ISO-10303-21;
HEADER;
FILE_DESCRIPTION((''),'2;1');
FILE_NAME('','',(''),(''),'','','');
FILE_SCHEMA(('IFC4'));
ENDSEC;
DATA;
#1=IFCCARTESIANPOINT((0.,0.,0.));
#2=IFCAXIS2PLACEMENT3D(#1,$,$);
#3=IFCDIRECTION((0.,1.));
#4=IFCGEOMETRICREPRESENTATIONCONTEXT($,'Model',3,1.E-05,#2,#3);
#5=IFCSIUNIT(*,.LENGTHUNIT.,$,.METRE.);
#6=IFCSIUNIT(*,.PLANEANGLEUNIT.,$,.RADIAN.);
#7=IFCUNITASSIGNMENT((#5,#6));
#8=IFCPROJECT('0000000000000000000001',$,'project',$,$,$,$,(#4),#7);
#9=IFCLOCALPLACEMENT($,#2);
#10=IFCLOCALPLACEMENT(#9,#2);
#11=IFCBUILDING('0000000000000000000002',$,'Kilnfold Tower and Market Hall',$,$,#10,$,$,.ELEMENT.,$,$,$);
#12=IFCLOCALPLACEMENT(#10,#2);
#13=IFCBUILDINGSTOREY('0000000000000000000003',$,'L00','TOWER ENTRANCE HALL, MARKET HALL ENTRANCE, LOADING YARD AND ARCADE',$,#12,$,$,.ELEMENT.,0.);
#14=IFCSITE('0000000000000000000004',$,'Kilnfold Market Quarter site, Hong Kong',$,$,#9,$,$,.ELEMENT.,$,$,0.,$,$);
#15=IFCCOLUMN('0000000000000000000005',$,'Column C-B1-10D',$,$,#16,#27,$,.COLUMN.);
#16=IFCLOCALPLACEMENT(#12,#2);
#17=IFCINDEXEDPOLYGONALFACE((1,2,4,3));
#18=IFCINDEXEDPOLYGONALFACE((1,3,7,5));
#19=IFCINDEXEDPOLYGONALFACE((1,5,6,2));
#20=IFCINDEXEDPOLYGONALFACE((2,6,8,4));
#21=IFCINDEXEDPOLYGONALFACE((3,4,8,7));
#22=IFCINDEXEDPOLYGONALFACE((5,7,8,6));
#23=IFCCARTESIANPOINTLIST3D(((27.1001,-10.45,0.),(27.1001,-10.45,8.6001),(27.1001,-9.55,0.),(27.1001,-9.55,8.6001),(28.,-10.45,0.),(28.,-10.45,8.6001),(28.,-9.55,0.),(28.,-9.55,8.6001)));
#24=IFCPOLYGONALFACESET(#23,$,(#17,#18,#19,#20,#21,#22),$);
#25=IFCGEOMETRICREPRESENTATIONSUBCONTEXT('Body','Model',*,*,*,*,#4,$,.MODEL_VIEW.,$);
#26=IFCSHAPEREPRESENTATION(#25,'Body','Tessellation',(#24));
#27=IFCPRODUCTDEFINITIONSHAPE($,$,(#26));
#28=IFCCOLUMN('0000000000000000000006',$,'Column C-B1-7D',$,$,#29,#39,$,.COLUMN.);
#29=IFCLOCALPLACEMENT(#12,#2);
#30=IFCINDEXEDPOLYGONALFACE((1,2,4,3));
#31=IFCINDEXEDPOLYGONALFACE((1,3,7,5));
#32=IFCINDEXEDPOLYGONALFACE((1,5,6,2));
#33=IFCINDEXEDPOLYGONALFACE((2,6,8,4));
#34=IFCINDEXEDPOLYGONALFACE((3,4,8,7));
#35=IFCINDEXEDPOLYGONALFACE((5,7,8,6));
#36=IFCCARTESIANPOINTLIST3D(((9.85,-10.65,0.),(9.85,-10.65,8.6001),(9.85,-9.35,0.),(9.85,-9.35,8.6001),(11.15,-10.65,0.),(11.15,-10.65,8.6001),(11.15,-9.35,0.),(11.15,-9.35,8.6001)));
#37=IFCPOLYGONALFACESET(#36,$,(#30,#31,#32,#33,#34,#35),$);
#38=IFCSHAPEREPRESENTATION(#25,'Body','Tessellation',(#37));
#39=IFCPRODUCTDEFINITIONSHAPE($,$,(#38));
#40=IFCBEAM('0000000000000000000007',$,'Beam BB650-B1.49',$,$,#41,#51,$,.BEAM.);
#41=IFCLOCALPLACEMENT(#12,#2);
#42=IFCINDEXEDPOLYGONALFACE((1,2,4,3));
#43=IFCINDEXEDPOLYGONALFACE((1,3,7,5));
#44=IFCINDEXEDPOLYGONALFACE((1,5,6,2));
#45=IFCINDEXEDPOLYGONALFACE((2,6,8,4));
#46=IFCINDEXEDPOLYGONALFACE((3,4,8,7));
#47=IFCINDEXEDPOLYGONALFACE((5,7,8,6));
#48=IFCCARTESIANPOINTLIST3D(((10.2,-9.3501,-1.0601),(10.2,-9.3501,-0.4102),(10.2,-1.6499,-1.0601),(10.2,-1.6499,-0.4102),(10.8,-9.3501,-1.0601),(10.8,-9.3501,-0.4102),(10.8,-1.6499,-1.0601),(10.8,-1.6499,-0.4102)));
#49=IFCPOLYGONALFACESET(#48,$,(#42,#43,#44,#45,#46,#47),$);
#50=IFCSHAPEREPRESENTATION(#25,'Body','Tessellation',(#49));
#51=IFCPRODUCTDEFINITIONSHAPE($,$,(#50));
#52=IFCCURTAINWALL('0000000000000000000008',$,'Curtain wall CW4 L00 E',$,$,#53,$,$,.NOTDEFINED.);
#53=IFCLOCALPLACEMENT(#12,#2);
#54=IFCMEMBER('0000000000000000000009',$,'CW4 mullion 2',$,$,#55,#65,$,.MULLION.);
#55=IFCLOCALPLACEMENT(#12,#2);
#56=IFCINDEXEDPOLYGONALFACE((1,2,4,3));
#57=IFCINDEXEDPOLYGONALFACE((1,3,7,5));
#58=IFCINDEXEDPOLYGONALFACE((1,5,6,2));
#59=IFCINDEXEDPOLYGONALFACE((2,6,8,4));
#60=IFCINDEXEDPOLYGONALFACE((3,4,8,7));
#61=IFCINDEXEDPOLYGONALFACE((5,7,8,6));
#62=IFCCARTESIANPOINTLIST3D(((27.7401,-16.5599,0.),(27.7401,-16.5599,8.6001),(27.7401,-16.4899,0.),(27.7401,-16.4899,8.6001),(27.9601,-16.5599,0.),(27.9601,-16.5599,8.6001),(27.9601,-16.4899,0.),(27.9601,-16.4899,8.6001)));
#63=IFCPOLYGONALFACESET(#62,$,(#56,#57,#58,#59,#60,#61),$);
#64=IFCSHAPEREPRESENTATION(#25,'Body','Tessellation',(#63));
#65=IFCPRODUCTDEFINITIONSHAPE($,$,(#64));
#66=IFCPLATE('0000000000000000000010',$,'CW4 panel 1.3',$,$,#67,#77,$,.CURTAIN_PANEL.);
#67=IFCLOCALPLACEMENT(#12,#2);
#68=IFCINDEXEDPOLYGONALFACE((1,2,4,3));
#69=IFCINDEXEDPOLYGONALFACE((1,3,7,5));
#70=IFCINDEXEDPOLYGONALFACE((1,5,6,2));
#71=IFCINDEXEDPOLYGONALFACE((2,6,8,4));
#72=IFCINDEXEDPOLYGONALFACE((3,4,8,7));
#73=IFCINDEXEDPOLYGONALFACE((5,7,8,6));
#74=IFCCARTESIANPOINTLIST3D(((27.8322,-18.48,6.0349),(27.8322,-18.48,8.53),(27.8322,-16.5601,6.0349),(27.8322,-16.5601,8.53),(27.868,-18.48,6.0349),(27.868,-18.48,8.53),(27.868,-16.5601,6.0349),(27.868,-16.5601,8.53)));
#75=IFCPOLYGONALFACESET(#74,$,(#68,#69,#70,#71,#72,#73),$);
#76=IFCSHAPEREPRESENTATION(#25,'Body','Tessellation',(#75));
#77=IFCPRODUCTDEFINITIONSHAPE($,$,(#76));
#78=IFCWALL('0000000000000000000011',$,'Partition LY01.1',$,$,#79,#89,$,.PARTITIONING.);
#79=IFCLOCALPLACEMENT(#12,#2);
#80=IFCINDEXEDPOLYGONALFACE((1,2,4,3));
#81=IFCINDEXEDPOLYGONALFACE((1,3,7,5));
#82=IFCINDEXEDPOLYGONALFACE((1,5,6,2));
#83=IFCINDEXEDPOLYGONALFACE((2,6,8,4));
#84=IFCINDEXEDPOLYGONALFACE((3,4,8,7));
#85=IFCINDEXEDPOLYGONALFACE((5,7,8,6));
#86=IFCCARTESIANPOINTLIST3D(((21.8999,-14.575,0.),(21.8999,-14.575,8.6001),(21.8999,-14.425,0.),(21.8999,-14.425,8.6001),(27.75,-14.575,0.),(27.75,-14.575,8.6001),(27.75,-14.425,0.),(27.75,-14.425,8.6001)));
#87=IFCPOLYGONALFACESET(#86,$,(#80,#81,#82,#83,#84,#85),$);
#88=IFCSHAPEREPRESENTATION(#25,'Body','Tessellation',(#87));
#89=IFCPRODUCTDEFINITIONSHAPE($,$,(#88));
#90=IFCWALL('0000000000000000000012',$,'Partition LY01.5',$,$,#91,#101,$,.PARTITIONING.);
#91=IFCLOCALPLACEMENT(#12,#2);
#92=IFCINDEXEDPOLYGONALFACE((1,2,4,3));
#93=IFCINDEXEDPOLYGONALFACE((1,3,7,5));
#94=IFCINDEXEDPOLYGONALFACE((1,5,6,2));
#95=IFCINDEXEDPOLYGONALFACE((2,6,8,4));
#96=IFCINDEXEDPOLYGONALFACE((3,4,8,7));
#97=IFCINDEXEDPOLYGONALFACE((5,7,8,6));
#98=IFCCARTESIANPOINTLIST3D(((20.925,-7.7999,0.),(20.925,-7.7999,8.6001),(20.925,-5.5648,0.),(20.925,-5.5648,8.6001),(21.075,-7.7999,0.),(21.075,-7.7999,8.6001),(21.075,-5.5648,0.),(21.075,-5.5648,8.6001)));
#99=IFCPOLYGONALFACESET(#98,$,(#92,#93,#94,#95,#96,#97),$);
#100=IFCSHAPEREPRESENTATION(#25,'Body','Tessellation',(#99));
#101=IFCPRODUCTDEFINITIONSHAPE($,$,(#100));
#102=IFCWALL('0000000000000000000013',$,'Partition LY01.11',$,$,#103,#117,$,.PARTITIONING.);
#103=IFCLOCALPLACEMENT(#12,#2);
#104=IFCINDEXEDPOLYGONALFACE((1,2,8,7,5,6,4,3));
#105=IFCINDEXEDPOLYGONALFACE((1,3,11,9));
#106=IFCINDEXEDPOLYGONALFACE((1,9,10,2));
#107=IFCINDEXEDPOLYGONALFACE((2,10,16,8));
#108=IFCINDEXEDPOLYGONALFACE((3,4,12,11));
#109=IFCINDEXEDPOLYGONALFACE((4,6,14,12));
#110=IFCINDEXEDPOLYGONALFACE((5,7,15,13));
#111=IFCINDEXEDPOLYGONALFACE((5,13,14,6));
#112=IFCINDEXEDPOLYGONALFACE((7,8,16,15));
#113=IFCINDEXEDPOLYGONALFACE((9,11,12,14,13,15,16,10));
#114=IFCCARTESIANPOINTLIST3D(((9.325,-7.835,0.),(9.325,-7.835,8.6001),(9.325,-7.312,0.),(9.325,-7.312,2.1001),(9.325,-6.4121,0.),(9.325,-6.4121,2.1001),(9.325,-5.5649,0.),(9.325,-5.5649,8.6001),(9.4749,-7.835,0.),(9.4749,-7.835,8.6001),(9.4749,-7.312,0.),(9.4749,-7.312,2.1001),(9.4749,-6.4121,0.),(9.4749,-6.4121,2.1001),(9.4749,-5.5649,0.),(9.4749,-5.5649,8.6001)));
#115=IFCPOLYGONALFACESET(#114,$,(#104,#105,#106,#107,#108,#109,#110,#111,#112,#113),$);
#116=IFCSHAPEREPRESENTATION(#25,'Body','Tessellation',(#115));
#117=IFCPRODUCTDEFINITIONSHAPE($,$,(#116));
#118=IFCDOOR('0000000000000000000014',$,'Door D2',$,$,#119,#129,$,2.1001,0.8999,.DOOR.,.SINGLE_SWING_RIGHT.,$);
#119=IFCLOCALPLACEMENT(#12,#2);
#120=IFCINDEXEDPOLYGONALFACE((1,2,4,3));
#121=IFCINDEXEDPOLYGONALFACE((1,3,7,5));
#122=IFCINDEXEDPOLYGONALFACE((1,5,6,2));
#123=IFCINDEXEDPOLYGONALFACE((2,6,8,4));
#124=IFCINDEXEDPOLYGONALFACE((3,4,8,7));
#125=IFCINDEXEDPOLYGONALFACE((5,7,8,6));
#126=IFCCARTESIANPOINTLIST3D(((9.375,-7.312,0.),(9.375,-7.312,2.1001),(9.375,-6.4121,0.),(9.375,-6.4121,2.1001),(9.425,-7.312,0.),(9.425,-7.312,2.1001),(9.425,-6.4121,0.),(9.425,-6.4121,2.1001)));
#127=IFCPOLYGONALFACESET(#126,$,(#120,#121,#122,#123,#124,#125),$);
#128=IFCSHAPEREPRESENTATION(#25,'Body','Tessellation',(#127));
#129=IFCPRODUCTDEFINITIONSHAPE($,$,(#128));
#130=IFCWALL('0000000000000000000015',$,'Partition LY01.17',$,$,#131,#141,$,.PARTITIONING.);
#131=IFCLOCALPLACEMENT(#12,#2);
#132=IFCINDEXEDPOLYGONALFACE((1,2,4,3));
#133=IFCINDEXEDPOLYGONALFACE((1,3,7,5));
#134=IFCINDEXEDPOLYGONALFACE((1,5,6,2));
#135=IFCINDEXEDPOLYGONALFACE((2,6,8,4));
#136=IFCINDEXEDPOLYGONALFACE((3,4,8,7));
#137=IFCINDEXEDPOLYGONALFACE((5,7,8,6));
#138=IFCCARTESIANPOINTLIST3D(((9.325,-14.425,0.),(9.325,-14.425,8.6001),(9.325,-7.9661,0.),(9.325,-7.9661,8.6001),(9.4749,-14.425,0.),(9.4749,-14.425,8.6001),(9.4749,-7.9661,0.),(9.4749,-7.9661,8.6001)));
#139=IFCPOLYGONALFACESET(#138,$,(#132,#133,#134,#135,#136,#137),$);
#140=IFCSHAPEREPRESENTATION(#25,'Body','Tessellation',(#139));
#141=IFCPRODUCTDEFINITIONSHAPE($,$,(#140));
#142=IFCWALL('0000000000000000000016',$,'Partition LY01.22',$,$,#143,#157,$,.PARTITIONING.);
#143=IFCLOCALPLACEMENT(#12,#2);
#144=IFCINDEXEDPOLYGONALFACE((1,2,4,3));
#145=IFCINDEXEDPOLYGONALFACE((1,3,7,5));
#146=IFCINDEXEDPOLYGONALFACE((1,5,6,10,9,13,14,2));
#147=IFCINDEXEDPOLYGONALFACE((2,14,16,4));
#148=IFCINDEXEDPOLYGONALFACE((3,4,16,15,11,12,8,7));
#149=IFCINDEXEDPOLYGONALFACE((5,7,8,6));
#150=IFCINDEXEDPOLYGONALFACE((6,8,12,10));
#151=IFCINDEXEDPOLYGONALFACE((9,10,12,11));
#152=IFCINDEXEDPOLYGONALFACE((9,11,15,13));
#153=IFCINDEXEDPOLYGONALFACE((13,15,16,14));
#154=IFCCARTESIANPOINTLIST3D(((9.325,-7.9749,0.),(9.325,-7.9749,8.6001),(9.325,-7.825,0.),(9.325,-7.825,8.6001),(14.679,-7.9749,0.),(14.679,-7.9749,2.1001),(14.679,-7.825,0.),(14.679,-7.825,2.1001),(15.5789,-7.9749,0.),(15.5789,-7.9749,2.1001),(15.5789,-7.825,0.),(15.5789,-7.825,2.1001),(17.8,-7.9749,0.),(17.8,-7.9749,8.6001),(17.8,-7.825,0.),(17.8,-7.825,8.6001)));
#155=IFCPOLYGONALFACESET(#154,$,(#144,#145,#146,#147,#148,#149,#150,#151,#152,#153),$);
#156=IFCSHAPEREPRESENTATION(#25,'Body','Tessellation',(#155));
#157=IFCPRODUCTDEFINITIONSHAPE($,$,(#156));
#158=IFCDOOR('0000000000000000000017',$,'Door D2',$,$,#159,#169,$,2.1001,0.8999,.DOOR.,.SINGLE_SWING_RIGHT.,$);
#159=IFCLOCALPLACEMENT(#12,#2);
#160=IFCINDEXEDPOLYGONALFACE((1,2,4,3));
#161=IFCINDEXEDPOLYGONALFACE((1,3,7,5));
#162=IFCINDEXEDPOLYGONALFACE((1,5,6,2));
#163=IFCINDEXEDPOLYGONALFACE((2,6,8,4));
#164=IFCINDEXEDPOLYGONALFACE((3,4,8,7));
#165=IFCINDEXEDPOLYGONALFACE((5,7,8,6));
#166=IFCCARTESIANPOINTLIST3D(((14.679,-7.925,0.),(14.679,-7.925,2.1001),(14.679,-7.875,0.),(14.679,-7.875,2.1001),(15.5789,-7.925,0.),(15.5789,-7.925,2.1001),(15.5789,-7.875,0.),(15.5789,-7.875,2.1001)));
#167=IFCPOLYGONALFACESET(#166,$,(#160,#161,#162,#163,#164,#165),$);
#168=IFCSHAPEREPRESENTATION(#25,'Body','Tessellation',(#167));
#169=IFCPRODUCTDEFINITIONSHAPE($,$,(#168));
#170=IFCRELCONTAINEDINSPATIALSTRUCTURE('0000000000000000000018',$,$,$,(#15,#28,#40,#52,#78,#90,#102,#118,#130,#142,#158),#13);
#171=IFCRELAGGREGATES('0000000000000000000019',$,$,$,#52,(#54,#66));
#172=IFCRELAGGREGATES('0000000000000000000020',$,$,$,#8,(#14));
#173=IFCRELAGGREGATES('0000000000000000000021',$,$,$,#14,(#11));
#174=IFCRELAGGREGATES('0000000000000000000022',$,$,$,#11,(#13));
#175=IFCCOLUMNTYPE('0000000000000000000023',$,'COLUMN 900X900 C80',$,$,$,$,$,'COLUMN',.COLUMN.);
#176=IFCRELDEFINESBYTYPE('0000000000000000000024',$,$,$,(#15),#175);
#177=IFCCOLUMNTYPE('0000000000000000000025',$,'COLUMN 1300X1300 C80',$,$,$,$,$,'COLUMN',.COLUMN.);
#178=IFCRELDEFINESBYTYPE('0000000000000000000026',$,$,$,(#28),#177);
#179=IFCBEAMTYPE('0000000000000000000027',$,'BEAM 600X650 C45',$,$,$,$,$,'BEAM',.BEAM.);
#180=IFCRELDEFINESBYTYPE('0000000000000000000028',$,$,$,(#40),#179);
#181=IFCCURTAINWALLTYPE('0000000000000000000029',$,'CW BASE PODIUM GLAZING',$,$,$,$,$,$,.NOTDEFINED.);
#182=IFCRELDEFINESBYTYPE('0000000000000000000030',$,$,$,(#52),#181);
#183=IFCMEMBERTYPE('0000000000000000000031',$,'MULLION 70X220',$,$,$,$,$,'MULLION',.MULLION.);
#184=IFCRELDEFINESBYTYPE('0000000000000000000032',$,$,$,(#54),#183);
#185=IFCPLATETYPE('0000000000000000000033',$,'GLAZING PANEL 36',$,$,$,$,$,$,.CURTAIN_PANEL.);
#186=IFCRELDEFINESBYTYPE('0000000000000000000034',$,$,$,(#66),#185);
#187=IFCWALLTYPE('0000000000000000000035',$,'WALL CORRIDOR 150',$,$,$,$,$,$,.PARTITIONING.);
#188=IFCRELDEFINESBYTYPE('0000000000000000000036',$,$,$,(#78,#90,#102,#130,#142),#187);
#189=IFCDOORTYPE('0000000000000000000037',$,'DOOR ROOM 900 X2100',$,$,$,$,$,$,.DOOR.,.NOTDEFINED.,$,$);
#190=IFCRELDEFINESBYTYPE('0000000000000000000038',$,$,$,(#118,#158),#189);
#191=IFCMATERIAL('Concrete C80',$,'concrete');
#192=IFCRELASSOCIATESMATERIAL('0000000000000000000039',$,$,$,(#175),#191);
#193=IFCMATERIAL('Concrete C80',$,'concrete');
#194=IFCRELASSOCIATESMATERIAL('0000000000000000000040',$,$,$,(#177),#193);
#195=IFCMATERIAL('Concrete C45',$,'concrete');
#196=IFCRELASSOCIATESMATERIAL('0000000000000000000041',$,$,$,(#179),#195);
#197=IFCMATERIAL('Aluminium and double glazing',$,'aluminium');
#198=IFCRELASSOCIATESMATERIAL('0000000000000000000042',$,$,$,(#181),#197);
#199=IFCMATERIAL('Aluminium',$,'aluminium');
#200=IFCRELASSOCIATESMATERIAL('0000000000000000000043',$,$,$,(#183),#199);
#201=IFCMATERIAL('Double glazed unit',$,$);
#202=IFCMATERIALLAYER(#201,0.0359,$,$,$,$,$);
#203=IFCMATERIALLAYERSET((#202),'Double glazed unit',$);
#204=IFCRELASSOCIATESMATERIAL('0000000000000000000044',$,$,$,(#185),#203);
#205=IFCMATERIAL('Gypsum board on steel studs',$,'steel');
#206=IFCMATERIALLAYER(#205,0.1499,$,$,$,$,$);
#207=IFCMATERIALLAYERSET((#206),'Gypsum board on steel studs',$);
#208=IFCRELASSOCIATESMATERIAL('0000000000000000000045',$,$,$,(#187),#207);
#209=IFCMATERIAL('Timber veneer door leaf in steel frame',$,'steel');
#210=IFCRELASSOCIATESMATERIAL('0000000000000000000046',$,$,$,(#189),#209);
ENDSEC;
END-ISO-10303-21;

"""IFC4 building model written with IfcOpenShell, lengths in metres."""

from ifc_helpers import new_model, si_unit, direction, frame, frame_2d, origin, origin_2d, place, context, subcontext, project, spatial, rectangle, extrude, source, transform, mapped, material, layer, layer_set, material_profile, profile_set, type_object, element, fill, aggregate, save


model = new_model("IFC4")

# Units and contexts
model_context = context("Model", 3, precision=1e-05, world=origin(), true_north=direction((0.0, 1.0)))
body_context = subcontext(model_context, "Body", "Model", "MODEL_VIEW")
ifc_project = project(units=[si_unit("LENGTHUNIT", "METRE"), si_unit("PLANEANGLEUNIT", "RADIAN")], contexts=[model_context])

# Site, building, storey
site_placement = place(None, origin())
site = spatial("IfcSite", under=ifc_project, at=site_placement, Name="Kilnfold Market Quarter site, Hong Kong", CompositionType="ELEMENT", RefElevation=0.0)
building_placement = place(site_placement, origin())
building = spatial("IfcBuilding", under=site, at=building_placement, Name="Kilnfold Tower and Market Hall", CompositionType="ELEMENT")
storey_placement = place(building_placement, origin())
storey = spatial("IfcBuildingStorey", under=building, at=storey_placement, Name="L00", Description="TOWER ENTRANCE HALL, MARKET HALL ENTRANCE, LOADING YARD AND ARCADE", CompositionType="ELEMENT", Elevation=0.0)

# Columns
ifc_material_1 = material(Name="Concrete C80", Category="concrete")
ifc_material_profile_1 = material_profile(ifc_material_1, rectangle(XDim=0.8999, YDim=0.8999, at=origin_2d()), Name="RC 900x900")
ifc_profile_set_1 = profile_set([ifc_material_profile_1], Name="Concrete C80")
column_type_1 = type_object("IfcColumnType", Name="COLUMN 900X900 C80", ElementType="COLUMN", PredefinedType="COLUMN", material=ifc_profile_set_1)
shared_shape_1 = source(origin(), body_context, "Body", "SweptSolid", [
    extrude(rectangle(XDim=0.8999, YDim=0.8999, at=origin_2d()), origin(), (0.0, 0.0, 1.0), 8.6001),
])
column_1_placement = place(storey_placement, frame((27.55, -10.0, 0.0), z_axis=(0.0, 0.0, 1.0), x_axis=(1.0, 0.0, 0.0)))
element("IfcColumn", 1, at=column_1_placement, inside=storey, type_object=column_type_1, Name="Column C-B1-10D", PredefinedType="COLUMN", context=body_context, shape_type="MappedRepresentation", body=[
    mapped(shared_shape_1, transform((0.0, 0.0, 0.0))),
])
ifc_material_2 = material(Name="Concrete C80", Category="concrete")
ifc_material_profile_2 = material_profile(ifc_material_2, rectangle(XDim=1.3, YDim=1.3, at=origin_2d()), Name="RC 1300x1300")
ifc_profile_set_2 = profile_set([ifc_material_profile_2], Name="Concrete C80")
column_type_2 = type_object("IfcColumnType", Name="COLUMN 1300X1300 C80", ElementType="COLUMN", PredefinedType="COLUMN", material=ifc_profile_set_2)
shared_shape_2 = source(origin(), body_context, "Body", "SweptSolid", [
    extrude(rectangle(XDim=1.3, YDim=1.3, at=origin_2d()), origin(), (0.0, 0.0, 1.0), 8.6001),
])
column_2_placement = place(storey_placement, frame((10.5, -10.0, 0.0), z_axis=(0.0, 0.0, 1.0), x_axis=(1.0, 0.0, 0.0)))
element("IfcColumn", 2, at=column_2_placement, inside=storey, type_object=column_type_2, Name="Column C-B1-7D", PredefinedType="COLUMN", context=body_context, shape_type="MappedRepresentation", body=[
    mapped(shared_shape_2, transform((0.0, 0.0, 0.0))),
])

# Beam
ifc_material_3 = material(Name="Concrete C45", Category="concrete")
ifc_material_profile_3 = material_profile(ifc_material_3, rectangle(XDim=0.6001, YDim=0.6499, at=origin_2d()), Name="RC 600x650")
ifc_profile_set_3 = profile_set([ifc_material_profile_3], Name="Concrete C45")
beam_type = type_object("IfcBeamType", Name="BEAM 600X650 C45", ElementType="BEAM", PredefinedType="BEAM", material=ifc_profile_set_3)
shared_shape_3 = source(origin(), body_context, "Body", "SweptSolid", [
    extrude(rectangle(XDim=0.6001, YDim=0.6499, at=origin_2d()), origin(), (0.0, 0.0, 1.0), 7.7002),
])
beam_placement = place(storey_placement, frame((10.5, -9.3501, -0.7351), z_axis=(0.0, 1.0, 0.0), x_axis=(-1.0, 0.0, 0.0)))
element("IfcBeam", 3, at=beam_placement, inside=storey, type_object=beam_type, Name="Beam BB650-B1.49", PredefinedType="BEAM", context=body_context, shape_type="MappedRepresentation", body=[
    mapped(shared_shape_3, transform((0.0, 0.0, 0.0))),
])

# Curtain wall, member, plate
ifc_material_4 = material(Name="Aluminium and double glazing", Category="aluminium")
curtain_wall_type = type_object("IfcCurtainWallType", Name="CW BASE PODIUM GLAZING", PredefinedType="NOTDEFINED", material=ifc_material_4)
curtain_wall_placement = place(storey_placement, origin())
curtain_wall = element("IfcCurtainWall", 4, at=curtain_wall_placement, inside=storey, type_object=curtain_wall_type, Name="Curtain wall CW4 L00 E", PredefinedType="NOTDEFINED")
ifc_material_5 = material(Name="Aluminium", Category="aluminium")
ifc_material_profile_4 = material_profile(ifc_material_5, rectangle(XDim=0.0701, YDim=0.22, at=origin_2d()), Name="MULLION 70x220")
ifc_profile_set_4 = profile_set([ifc_material_profile_4], Name="Aluminium")
member_type = type_object("IfcMemberType", Name="MULLION 70X220", ElementType="MULLION", PredefinedType="MULLION", material=ifc_profile_set_4)
shared_shape_4 = source(origin(), body_context, "Body", "SweptSolid", [
    extrude(rectangle(XDim=0.0701, YDim=0.22, at=origin_2d()), origin(), (0.0, 0.0, 1.0), 8.6001),
])
member_placement = place(storey_placement, frame((27.8501, -16.5249, 0.0), z_axis=(0.0, 0.0, 1.0), x_axis=(0.0, 1.0, 0.0)))
member = element("IfcMember", 5, at=member_placement, type_object=member_type, Name="CW4 mullion 2", PredefinedType="MULLION", context=body_context, shape_type="MappedRepresentation", body=[
    mapped(shared_shape_4, transform((0.0, 0.0, 0.0))),
])
ifc_material_6 = material(Name="Double glazed unit")
ifc_layer_1 = layer(ifc_material_6, 0.0359)
ifc_layer_set_1 = layer_set([ifc_layer_1], Name="Double glazed unit")
plate_type = type_object("IfcPlateType", Name="GLAZING PANEL 36", PredefinedType="CURTAIN_PANEL", material=ifc_layer_set_1)
shared_shape_5 = source(origin(), body_context, "Body", "SweptSolid", [
    extrude(rectangle(XDim=1.9199, YDim=0.0359, at=origin_2d()), origin(), (0.0, 0.0, 1.0), 2.4951),
])
plate_placement = place(storey_placement, frame((27.8501, -17.52, 6.0349), z_axis=(0.0, 0.0, 1.0), x_axis=(0.0, 1.0, 0.0)))
plate = element("IfcPlate", 6, at=plate_placement, type_object=plate_type, Name="CW4 panel 1.3", PredefinedType="CURTAIN_PANEL", context=body_context, shape_type="MappedRepresentation", body=[
    mapped(shared_shape_5, transform((0.0, 0.0, 0.0))),
])
aggregate(curtain_wall, [member, plate])

# Walls
ifc_material_7 = material(Name="Gypsum board on steel studs", Category="steel")
ifc_layer_2 = layer(ifc_material_7, 0.1499)
ifc_layer_set_2 = layer_set([ifc_layer_2], Name="Gypsum board on steel studs")
wall_type_1 = type_object("IfcWallType", Name="WALL CORRIDOR 150", PredefinedType="PARTITIONING", material=ifc_layer_set_2)
wall_1_placement = place(storey_placement, frame((21.8999, -14.5, 0.0), z_axis=(0.0, 0.0, 1.0), x_axis=(1.0, 0.0, 0.0)))
element("IfcWall", 7, at=wall_1_placement, inside=storey, type_object=wall_type_1, Name="Partition LY01.1", PredefinedType="PARTITIONING", context=body_context, shape_type="SweptSolid", body=[
    extrude(rectangle(XDim=5.8501, YDim=0.1499, at=frame_2d((2.925, 0.0))), origin(), (0.0, 0.0, 1.0), 8.6001),
])
wall_2_placement = place(storey_placement, frame((21.0, -7.8, 0.0), z_axis=(0.0, 0.0, 1.0), x_axis=(0.0, 1.0, 0.0)))
element("IfcWall", 8, at=wall_2_placement, inside=storey, type_object=wall_type_1, Name="Partition LY01.5", PredefinedType="PARTITIONING", context=body_context, shape_type="SweptSolid", body=[
    extrude(rectangle(XDim=2.2351, YDim=0.1499, at=frame_2d((1.1177, 0.0))), origin(), (0.0, 0.0, 1.0), 8.6001),
])

# Wall, opening, door
wall_3_placement = place(storey_placement, frame((9.3999, -7.835, 0.0), z_axis=(0.0, 0.0, 1.0), x_axis=(0.0, 1.0, 0.0)))
wall_3 = element("IfcWall", 9, at=wall_3_placement, inside=storey, type_object=wall_type_1, Name="Partition LY01.11", PredefinedType="PARTITIONING", context=body_context, shape_type="SweptSolid", body=[
    extrude(rectangle(XDim=2.27, YDim=0.1499, at=frame_2d((1.135, 0.0))), origin(), (0.0, 0.0, 1.0), 8.6001),
])
opening_1_placement = place(wall_3_placement, frame((0.5229, 0.0, 0.0)))
opening_1 = element("IfcOpeningElement", 10, at=opening_1_placement, cuts=wall_3, PredefinedType="OPENING", context=body_context, shape_type="SweptSolid", body=[
    extrude(rectangle(XDim=0.8999, YDim=2.1001, at=frame_2d((0.45, 1.05))), frame((0.0, 0.085, 0.0), z_axis=(0.0, -1.0, 0.0), x_axis=(1.0, 0.0, 0.0)), (0.0, 0.0, 1.0), 0.1699),
])
ifc_material_8 = material(Name="Timber veneer door leaf in steel frame", Category="steel")
door_type_1 = type_object("IfcDoorType", Name="DOOR ROOM 900 X2100", OperationType="NOTDEFINED", PredefinedType="DOOR", material=ifc_material_8)
door_1_placement = place(opening_1_placement, origin())
door_1 = element("IfcDoor", 11, at=door_1_placement, inside=storey, type_object=door_type_1, Name="Door D2", OperationType="SINGLE_SWING_RIGHT", OverallHeight=2.1001, OverallWidth=0.8999, PredefinedType="DOOR", context=body_context, shape_type="SweptSolid", body=[
    extrude(rectangle(XDim=0.8999, YDim=2.1001, at=frame_2d((0.45, 1.05))), frame((0.0, 0.0249, 0.0), z_axis=(0.0, -1.0, 0.0), x_axis=(1.0, 0.0, 0.0)), (0.0, 0.0, 1.0), 0.05),
])
fill(opening_1, door_1)

# Wall
wall_4_placement = place(storey_placement, frame((9.3999, -14.425, 0.0), z_axis=(0.0, 0.0, 1.0), x_axis=(0.0, 1.0, 0.0)))
element("IfcWall", 12, at=wall_4_placement, inside=storey, type_object=wall_type_1, Name="Partition LY01.17", PredefinedType="PARTITIONING", context=body_context, shape_type="SweptSolid", body=[
    extrude(rectangle(XDim=6.459, YDim=0.1499, at=frame_2d((3.2295, 0.0))), origin(), (0.0, 0.0, 1.0), 8.6001),
])

# Wall, opening, door
wall_5_placement = place(storey_placement, frame((9.325, -7.8999, 0.0), z_axis=(0.0, 0.0, 1.0), x_axis=(1.0, 0.0, 0.0)))
wall_5 = element("IfcWall", 13, at=wall_5_placement, inside=storey, type_object=wall_type_1, Name="Partition LY01.22", PredefinedType="PARTITIONING", context=body_context, shape_type="SweptSolid", body=[
    extrude(rectangle(XDim=8.4751, YDim=0.1499, at=frame_2d((4.2375, 0.0))), origin(), (0.0, 0.0, 1.0), 8.6001),
])
opening_2_placement = place(wall_5_placement, frame((5.354, 0.0, 0.0)))
opening_2 = element("IfcOpeningElement", 14, at=opening_2_placement, cuts=wall_5, PredefinedType="OPENING", context=body_context, shape_type="SweptSolid", body=[
    extrude(rectangle(XDim=0.8999, YDim=2.1001, at=frame_2d((0.45, 1.05))), frame((0.0, 0.085, 0.0), z_axis=(0.0, -1.0, 0.0), x_axis=(1.0, 0.0, 0.0)), (0.0, 0.0, 1.0), 0.1699),
])
door_2_placement = place(opening_2_placement, origin())
door_2 = element("IfcDoor", 15, at=door_2_placement, inside=storey, type_object=door_type_1, Name="Door D2", OperationType="SINGLE_SWING_RIGHT", OverallHeight=2.1001, OverallWidth=0.8999, PredefinedType="DOOR", context=body_context, shape_type="SweptSolid", body=[
    extrude(rectangle(XDim=0.8999, YDim=2.1001, at=frame_2d((0.45, 1.05))), frame((0.0, 0.0249, 0.0), z_axis=(0.0, -1.0, 0.0), x_axis=(1.0, 0.0, 0.0)), (0.0, 0.0, 1.0), 0.05),
])
fill(opening_2, door_2)

save(model, "model.ifc")
